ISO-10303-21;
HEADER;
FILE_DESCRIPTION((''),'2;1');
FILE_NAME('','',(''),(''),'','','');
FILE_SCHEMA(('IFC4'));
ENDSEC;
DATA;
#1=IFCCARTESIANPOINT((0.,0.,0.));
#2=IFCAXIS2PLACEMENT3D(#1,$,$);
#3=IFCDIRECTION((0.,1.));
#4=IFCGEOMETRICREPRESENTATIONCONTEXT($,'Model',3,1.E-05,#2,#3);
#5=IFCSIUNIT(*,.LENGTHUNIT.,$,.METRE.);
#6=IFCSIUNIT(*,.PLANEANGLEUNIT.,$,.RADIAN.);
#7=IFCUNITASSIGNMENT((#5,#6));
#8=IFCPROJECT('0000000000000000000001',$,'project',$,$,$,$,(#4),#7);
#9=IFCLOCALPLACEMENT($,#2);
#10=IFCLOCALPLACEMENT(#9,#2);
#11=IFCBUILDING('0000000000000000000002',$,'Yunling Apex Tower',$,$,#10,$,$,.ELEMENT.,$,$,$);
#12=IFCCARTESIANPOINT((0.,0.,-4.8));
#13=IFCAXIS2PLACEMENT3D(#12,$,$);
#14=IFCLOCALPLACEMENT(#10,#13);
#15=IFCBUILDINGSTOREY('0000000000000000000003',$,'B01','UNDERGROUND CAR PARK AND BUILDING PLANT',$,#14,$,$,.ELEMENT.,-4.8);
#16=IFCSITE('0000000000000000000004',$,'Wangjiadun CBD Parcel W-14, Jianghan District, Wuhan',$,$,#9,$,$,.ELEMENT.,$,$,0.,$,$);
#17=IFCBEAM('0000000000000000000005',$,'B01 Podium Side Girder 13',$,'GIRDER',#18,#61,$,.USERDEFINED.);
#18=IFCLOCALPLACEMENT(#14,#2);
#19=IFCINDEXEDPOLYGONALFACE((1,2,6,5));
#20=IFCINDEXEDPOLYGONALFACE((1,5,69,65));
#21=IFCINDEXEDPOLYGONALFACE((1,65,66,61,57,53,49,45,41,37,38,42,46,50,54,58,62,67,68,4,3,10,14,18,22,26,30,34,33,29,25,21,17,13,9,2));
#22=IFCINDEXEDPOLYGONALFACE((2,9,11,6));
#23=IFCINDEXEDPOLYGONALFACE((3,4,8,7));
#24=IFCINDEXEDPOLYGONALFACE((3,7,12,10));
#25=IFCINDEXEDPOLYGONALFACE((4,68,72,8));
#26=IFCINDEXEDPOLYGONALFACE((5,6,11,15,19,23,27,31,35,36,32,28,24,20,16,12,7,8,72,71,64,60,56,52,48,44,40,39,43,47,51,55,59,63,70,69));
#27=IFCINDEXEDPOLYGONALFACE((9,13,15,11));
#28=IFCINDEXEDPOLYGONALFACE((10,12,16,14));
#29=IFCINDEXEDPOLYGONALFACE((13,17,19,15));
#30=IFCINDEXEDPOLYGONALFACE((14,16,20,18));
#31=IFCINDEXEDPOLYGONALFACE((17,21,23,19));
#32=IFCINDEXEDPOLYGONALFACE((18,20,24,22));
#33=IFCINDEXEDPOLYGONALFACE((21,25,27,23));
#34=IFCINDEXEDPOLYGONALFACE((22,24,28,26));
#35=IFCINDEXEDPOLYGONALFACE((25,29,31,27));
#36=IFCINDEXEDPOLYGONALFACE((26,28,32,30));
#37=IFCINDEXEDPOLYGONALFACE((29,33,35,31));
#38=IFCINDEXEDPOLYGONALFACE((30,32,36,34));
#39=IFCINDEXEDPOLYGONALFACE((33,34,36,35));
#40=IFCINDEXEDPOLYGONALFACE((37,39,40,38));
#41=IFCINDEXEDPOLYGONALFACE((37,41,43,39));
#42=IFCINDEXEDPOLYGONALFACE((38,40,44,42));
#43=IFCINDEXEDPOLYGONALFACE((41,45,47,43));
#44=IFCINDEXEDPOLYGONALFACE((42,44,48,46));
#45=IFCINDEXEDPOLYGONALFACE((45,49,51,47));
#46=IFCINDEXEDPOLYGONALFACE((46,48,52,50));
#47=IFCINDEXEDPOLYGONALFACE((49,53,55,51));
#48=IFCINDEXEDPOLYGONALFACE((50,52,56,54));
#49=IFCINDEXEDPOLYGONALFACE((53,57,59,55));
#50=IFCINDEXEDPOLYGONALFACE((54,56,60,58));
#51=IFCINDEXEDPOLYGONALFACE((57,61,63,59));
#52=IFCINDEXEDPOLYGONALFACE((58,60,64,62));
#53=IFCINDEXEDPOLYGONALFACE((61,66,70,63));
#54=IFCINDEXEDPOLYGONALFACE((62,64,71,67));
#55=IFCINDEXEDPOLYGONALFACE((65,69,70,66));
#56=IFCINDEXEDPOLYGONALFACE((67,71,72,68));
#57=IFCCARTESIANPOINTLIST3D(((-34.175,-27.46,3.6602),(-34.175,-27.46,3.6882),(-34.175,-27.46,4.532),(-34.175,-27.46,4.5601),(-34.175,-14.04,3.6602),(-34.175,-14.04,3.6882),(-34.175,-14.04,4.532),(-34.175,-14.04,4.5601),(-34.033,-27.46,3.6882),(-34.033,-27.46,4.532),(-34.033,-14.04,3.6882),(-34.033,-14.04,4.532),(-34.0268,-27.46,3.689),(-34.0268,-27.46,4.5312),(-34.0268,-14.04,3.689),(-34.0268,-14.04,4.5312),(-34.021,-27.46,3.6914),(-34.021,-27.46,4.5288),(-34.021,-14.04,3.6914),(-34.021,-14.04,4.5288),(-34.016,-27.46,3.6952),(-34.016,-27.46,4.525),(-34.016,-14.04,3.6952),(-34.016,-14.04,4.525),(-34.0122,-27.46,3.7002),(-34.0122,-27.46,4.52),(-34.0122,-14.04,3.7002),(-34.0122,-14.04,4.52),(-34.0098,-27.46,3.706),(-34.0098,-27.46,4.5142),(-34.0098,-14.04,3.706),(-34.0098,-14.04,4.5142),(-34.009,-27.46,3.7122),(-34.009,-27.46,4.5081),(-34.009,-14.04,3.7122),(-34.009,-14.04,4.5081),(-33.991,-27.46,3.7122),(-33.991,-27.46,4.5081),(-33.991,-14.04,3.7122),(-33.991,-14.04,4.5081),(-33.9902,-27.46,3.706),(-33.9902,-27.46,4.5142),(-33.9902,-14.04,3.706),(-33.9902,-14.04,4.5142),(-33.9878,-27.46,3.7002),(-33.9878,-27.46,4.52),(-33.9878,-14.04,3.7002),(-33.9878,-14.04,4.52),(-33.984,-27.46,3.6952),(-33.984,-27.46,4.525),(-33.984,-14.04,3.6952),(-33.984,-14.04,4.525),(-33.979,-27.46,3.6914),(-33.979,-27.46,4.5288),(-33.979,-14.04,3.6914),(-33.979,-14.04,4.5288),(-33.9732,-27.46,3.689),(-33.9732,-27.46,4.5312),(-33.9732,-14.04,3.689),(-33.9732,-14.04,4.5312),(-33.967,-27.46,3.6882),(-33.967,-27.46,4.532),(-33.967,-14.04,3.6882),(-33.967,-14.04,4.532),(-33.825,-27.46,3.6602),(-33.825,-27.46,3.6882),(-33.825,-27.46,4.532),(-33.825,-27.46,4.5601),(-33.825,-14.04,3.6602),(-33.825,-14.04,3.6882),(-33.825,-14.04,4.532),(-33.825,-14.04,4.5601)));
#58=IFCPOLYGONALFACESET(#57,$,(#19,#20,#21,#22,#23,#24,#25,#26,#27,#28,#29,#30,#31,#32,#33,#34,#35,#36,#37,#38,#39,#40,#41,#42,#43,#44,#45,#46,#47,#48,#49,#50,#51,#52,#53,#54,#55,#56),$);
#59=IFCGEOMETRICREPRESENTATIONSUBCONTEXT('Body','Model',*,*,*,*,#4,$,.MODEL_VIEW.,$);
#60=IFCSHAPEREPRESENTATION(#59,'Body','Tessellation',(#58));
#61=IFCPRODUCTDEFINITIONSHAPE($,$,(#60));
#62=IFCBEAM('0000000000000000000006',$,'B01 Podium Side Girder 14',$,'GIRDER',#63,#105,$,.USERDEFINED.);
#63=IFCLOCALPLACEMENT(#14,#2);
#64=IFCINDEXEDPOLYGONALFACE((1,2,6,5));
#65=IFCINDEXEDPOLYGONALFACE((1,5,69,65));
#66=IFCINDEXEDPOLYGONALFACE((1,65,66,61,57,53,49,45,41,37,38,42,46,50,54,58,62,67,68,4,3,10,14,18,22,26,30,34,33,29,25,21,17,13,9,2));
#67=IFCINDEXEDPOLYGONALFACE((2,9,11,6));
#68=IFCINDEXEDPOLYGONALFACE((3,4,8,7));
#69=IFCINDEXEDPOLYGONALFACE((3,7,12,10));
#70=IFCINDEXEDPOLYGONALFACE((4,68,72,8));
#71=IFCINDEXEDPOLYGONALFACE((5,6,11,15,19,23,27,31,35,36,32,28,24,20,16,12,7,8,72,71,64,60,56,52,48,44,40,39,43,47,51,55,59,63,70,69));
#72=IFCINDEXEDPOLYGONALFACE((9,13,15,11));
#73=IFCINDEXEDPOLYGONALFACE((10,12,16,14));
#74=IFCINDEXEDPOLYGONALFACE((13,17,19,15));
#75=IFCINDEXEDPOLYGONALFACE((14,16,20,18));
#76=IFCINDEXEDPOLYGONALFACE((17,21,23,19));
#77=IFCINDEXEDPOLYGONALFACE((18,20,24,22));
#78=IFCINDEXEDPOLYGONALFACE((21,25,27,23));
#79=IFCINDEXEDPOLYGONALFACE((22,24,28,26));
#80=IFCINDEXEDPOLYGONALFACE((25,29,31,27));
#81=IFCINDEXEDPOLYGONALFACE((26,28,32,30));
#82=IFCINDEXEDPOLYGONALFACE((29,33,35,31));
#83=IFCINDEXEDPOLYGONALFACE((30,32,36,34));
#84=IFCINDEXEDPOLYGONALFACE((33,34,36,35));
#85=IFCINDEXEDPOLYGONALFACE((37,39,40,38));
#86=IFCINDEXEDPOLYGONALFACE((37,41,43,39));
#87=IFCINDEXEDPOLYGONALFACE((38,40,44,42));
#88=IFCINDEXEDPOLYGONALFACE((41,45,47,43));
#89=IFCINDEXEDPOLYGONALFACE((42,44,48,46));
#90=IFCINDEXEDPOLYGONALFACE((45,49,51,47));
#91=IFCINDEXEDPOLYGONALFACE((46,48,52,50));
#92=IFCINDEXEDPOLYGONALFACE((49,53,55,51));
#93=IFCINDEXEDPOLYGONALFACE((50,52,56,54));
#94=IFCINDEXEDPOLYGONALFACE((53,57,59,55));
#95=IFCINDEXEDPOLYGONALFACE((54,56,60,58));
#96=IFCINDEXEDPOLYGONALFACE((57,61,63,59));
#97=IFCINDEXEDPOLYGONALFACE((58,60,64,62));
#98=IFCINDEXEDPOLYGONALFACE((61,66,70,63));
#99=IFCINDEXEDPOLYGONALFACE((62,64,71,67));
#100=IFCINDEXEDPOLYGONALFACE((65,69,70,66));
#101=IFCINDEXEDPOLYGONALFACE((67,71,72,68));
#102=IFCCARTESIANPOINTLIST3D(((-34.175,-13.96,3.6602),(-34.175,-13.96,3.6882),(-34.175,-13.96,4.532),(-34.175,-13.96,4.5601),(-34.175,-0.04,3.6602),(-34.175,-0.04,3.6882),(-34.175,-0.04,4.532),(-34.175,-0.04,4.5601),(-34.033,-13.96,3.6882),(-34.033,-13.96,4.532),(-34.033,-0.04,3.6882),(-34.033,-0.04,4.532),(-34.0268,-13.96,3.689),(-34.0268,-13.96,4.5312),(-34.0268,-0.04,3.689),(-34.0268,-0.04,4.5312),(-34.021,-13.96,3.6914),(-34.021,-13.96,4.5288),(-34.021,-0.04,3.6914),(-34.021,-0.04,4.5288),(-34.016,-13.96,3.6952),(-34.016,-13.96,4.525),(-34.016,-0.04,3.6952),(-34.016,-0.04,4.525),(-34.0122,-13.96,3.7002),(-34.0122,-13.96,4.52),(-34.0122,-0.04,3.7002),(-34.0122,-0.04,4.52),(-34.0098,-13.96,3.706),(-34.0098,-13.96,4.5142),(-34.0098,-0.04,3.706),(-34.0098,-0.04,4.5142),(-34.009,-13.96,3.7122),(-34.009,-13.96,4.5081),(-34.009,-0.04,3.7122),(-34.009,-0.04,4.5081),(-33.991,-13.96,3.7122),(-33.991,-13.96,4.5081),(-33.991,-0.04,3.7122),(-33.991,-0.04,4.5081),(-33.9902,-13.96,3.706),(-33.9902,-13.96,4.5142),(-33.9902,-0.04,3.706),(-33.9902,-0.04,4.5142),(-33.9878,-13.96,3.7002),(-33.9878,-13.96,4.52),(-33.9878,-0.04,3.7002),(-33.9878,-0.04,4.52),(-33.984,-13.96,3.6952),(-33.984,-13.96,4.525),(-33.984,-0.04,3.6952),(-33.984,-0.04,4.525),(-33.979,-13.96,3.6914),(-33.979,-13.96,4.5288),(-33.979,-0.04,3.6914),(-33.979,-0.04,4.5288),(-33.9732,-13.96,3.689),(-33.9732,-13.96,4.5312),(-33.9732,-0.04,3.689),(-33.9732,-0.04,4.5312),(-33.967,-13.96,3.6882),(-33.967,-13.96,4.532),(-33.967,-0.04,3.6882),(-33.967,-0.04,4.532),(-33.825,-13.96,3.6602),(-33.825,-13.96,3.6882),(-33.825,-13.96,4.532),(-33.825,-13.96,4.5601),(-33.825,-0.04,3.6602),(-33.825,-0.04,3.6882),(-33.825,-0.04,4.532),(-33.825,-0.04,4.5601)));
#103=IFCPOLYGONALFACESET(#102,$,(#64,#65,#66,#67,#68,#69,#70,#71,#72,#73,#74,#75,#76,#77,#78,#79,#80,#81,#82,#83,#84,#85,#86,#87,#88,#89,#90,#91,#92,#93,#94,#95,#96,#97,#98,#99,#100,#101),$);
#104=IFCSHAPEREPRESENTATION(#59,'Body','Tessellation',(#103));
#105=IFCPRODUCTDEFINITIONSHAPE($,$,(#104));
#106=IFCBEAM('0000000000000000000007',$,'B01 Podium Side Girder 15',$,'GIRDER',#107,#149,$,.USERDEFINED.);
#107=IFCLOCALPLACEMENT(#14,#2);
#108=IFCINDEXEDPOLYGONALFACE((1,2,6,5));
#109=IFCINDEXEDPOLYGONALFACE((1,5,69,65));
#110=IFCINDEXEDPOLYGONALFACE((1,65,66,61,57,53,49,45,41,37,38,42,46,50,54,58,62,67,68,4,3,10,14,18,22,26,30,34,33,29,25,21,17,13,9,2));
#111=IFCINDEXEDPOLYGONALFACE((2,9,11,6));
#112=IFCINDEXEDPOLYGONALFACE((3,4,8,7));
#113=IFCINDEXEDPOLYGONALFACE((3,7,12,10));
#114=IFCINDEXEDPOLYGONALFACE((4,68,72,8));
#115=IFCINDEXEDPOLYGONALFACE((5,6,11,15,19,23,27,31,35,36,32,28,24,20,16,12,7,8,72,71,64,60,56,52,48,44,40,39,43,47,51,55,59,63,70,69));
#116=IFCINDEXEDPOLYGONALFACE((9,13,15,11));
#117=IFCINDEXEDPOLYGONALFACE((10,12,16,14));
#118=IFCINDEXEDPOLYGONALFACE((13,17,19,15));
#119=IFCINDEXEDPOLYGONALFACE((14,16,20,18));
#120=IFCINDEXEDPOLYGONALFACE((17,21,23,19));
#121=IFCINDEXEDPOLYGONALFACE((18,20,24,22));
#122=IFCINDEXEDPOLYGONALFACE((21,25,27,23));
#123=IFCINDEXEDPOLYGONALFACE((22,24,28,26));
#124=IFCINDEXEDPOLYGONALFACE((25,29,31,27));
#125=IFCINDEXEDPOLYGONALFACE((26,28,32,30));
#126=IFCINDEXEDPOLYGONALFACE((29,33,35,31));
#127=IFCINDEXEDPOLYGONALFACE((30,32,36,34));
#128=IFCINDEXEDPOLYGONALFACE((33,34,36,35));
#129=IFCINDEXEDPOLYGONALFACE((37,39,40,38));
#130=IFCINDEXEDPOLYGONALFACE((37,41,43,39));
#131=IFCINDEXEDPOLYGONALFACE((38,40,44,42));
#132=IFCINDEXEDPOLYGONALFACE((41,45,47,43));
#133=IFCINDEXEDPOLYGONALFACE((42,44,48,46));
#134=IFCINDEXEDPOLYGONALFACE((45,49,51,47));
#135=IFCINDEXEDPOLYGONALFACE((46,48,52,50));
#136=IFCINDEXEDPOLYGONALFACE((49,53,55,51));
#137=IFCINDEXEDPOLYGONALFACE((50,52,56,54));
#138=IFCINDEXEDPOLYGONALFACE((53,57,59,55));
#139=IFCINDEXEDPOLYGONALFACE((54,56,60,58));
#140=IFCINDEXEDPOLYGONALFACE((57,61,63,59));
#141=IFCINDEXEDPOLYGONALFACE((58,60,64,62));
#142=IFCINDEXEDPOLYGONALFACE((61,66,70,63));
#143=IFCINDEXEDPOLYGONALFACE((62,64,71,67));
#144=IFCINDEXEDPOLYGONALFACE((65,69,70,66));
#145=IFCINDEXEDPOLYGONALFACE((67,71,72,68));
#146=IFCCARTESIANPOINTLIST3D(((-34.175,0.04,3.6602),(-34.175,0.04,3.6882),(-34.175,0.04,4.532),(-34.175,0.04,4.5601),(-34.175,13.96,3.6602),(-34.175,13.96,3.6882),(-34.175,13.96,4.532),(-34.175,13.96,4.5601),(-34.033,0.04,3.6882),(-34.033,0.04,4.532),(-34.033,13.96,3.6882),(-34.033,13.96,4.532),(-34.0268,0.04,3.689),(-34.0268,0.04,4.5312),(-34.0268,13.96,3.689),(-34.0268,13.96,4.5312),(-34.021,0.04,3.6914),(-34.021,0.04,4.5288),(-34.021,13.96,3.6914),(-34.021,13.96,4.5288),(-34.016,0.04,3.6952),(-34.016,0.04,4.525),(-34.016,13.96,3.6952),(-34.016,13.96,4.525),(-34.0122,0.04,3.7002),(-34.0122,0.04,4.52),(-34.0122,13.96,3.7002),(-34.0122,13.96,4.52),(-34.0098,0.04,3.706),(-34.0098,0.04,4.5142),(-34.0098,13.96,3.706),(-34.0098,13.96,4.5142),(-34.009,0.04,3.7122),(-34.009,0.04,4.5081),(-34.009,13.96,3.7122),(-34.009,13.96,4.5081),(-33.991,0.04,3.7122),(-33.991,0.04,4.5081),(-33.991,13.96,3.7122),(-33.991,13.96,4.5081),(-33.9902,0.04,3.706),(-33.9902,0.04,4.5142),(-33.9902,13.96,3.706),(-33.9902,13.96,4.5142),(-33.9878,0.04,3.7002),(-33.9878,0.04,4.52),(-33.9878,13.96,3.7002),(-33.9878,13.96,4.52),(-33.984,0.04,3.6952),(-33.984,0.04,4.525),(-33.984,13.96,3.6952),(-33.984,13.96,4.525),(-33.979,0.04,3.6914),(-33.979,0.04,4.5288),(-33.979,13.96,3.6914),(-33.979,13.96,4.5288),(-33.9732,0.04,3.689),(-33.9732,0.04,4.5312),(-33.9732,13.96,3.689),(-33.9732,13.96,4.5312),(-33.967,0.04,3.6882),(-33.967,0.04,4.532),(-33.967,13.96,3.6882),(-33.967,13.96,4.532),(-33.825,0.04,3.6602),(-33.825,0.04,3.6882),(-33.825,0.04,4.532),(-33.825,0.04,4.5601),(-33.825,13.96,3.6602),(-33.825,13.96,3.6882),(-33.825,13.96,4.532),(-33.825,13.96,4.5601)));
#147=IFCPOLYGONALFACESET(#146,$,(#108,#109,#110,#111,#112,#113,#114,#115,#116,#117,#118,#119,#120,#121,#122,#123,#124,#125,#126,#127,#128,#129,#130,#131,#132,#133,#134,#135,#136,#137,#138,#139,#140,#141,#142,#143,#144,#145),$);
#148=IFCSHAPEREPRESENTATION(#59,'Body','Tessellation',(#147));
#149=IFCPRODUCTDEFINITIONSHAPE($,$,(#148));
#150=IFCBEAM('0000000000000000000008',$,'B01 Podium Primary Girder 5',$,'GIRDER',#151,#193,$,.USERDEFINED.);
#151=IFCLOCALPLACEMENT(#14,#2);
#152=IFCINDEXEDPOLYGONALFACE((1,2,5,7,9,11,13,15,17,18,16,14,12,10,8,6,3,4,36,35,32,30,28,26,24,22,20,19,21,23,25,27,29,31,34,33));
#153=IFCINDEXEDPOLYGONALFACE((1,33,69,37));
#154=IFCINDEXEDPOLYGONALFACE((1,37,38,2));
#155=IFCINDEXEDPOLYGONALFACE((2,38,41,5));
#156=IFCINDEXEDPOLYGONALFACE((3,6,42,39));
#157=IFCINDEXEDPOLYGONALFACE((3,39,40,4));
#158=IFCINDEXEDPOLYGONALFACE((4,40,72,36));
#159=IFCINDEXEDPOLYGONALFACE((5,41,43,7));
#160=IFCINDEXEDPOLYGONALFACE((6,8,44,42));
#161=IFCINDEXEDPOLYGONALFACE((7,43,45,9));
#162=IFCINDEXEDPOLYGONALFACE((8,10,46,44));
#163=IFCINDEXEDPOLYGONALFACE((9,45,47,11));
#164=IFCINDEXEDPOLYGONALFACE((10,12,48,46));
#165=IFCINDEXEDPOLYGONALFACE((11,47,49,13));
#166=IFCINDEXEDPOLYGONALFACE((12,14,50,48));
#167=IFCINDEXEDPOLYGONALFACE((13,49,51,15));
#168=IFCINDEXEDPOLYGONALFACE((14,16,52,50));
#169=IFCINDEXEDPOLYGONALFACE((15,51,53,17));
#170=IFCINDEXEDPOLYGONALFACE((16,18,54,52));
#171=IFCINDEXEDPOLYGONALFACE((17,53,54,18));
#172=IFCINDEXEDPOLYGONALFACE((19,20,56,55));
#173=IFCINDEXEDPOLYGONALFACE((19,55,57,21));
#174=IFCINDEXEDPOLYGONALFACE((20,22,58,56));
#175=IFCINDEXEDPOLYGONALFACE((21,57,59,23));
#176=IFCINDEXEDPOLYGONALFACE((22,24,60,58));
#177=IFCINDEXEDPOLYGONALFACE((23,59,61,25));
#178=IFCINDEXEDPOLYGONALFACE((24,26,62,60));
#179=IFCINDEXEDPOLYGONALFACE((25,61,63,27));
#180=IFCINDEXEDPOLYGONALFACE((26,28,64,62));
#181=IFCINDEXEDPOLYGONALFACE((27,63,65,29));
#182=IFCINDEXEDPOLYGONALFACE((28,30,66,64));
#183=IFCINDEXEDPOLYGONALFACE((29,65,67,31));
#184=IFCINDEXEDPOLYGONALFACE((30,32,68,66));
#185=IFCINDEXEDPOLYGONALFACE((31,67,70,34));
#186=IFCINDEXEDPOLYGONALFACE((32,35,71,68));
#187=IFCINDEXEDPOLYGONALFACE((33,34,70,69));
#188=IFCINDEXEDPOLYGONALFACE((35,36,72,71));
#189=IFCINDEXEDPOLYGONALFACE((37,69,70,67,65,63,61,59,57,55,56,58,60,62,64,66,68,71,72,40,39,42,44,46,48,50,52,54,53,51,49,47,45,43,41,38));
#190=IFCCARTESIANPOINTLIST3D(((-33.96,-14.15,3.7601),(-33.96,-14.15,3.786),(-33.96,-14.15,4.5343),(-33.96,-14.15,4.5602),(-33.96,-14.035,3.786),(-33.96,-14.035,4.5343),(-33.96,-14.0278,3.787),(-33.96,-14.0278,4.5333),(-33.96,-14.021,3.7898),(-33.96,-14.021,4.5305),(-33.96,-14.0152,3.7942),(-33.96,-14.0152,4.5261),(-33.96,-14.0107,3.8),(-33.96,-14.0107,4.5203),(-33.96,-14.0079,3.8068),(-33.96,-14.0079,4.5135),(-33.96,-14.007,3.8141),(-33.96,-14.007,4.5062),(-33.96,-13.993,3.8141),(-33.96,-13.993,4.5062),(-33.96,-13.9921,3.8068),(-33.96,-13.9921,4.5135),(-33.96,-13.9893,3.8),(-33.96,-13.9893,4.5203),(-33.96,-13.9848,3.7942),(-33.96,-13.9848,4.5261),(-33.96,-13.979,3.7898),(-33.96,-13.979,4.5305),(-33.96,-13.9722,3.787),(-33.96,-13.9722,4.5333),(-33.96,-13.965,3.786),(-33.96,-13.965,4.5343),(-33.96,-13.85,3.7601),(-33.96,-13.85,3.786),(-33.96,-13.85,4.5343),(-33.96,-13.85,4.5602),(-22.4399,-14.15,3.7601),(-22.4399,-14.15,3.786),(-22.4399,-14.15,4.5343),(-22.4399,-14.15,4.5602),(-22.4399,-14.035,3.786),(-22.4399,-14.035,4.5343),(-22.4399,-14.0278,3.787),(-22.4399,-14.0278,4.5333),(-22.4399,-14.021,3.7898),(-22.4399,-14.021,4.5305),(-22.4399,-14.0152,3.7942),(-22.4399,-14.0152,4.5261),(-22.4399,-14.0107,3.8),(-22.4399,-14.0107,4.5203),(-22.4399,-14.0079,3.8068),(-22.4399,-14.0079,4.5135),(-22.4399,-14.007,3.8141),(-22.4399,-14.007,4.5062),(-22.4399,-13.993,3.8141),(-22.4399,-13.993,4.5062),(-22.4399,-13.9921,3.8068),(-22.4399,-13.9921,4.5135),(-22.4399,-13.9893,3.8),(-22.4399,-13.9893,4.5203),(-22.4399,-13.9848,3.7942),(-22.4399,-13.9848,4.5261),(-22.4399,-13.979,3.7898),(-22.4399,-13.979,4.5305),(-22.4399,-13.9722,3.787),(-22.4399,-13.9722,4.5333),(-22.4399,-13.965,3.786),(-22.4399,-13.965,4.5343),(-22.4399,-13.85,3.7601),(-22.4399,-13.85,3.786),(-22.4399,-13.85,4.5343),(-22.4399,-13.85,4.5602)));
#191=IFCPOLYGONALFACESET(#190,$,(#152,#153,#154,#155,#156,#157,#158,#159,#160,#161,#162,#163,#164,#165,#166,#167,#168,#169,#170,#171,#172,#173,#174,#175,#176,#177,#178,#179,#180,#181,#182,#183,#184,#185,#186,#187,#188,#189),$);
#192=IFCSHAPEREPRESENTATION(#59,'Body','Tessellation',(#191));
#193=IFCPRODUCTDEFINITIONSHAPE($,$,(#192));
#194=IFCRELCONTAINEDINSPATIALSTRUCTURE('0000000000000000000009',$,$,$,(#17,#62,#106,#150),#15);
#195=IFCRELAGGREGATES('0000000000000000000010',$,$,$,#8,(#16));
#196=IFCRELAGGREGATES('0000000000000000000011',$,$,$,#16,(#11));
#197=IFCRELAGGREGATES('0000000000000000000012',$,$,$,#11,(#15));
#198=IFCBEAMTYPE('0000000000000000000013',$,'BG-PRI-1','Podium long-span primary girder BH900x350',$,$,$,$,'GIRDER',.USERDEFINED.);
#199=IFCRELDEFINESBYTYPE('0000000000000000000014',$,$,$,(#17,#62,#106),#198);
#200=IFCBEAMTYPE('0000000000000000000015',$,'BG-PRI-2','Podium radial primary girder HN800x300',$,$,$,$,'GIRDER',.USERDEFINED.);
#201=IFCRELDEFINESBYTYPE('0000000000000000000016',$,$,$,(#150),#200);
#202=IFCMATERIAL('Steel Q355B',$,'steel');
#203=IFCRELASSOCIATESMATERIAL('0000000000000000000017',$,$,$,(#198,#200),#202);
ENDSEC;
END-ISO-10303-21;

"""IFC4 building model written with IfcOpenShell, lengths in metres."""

from ifc_helpers import new_model, si_unit, direction, frame, origin, origin_2d, place, context, subcontext, project, spatial, i_section, extrude, source, transform, mapped, material, material_profile, profile_set, type_object, element, save


model = new_model("IFC4")

# Units and contexts
model_context = context("Model", 3, precision=1e-05, world=origin(), true_north=direction((0.0, 1.0)))
body_context = subcontext(model_context, "Body", "Model", "MODEL_VIEW")
ifc_project = project(units=[si_unit("LENGTHUNIT", "METRE"), si_unit("PLANEANGLEUNIT", "RADIAN")], contexts=[model_context])

# Site, building, storey
site_placement = place(None, origin())
site = spatial("IfcSite", under=ifc_project, at=site_placement, Name="Wangjiadun CBD Parcel W-14, Jianghan District, Wuhan", CompositionType="ELEMENT", RefElevation=0.0)
building_placement = place(site_placement, origin())
building = spatial("IfcBuilding", under=site, at=building_placement, Name="Yunling Apex Tower", CompositionType="ELEMENT")
storey_placement = place(building_placement, frame((0.0, 0.0, -4.8)))
storey = spatial("IfcBuildingStorey", under=building, at=storey_placement, Name="B01", Description="UNDERGROUND CAR PARK AND BUILDING PLANT", CompositionType="ELEMENT", Elevation=-4.8)

# Beams
ifc_material_1 = material(Name="Steel Q355B", Category="steel")
ifc_material_profile_1 = material_profile(ifc_material_1, i_section(OverallWidth=0.3501, OverallDepth=0.8999, WebThickness=0.0181, FlangeThickness=0.0281, FilletRadius=0.0239, at=origin_2d()))
ifc_profile_set_1 = profile_set([ifc_material_profile_1], Name="Steel Q355B")
beam_type_1 = type_object("IfcBeamType", Name="BG-PRI-1", Description="Podium long-span primary girder BH900x350", ElementType="GIRDER", PredefinedType="USERDEFINED", material=ifc_profile_set_1)
shared_shape_1 = source(origin(), body_context, "Body", "SweptSolid", [
    extrude(i_section(OverallWidth=0.3501, OverallDepth=0.8999, WebThickness=0.0181, FlangeThickness=0.0281, FilletRadius=0.0239, at=origin_2d()), origin(), (0.0, 0.0, 1.0), 13.4199),
])
beam_1_placement = place(storey_placement, frame((-34.0, -27.46, 4.1101), z_axis=(0.0, 1.0, 0.0), x_axis=(-1.0, 0.0, 0.0)))
element("IfcBeam", 1, at=beam_1_placement, inside=storey, type_object=beam_type_1, Name="B01 Podium Side Girder 13", ObjectType="GIRDER", PredefinedType="USERDEFINED", context=body_context, shape_type="MappedRepresentation", body=[
    mapped(shared_shape_1, transform((0.0, 0.0, 0.0), scale=1.0)),
])
shared_shape_2 = source(origin(), body_context, "Body", "SweptSolid", [
    extrude(i_section(OverallWidth=0.3501, OverallDepth=0.8999, WebThickness=0.0181, FlangeThickness=0.0281, FilletRadius=0.0239, at=origin_2d()), origin(), (0.0, 0.0, 1.0), 13.9199),
])
for number, where, z_axis, x_axis, name in (
    (2, (-34.0, -13.96, 4.1101), (0.0, 1.0, 0.0), (-1.0, 0.0, 0.0), "B01 Podium Side Girder 14"),
    (3, (-34.0, 0.04, 4.1101), (0.0, 1.0, 0.0), (-1.0, 0.0, 0.0), "B01 Podium Side Girder 15"),
):
    element("IfcBeam", number, at=place(storey_placement, frame(where, z_axis=z_axis, x_axis=x_axis)), inside=storey, type_object=beam_type_1, Name=name, ObjectType="GIRDER", PredefinedType="USERDEFINED", context=body_context, shape_type="MappedRepresentation", body=[
        mapped(shared_shape_2, transform((0.0, 0.0, 0.0), scale=1.0)),
    ])
ifc_material_profile_2 = material_profile(ifc_material_1, i_section(OverallWidth=0.3, OverallDepth=0.8, WebThickness=0.0139, FlangeThickness=0.0259, FilletRadius=0.0281, at=origin_2d()))
ifc_profile_set_2 = profile_set([ifc_material_profile_2], Name="Steel Q355B")
beam_type_2 = type_object("IfcBeamType", Name="BG-PRI-2", Description="Podium radial primary girder HN800x300", ElementType="GIRDER", PredefinedType="USERDEFINED", material=ifc_profile_set_2)
shared_shape_3 = source(origin(), body_context, "Body", "SweptSolid", [
    extrude(i_section(OverallWidth=0.3, OverallDepth=0.8, WebThickness=0.0139, FlangeThickness=0.0259, FilletRadius=0.0281, at=origin_2d()), origin(), (0.0, 0.0, 1.0), 11.52),
])
for number, where, z_axis, x_axis, name in (
    (4, (-33.96, -14.0, 4.1602), (1.0, 0.0, 0.0), (0.0, 1.0, 0.0), "B01 Podium Primary Girder 5"),
):
    element("IfcBeam", number, at=place(storey_placement, frame(where, z_axis=z_axis, x_axis=x_axis)), inside=storey, type_object=beam_type_2, Name=name, ObjectType="GIRDER", PredefinedType="USERDEFINED", context=body_context, shape_type="MappedRepresentation", body=[
        mapped(shared_shape_3, transform((0.0, 0.0, 0.0), scale=1.0)),
    ])

save(model, "model.ifc")
